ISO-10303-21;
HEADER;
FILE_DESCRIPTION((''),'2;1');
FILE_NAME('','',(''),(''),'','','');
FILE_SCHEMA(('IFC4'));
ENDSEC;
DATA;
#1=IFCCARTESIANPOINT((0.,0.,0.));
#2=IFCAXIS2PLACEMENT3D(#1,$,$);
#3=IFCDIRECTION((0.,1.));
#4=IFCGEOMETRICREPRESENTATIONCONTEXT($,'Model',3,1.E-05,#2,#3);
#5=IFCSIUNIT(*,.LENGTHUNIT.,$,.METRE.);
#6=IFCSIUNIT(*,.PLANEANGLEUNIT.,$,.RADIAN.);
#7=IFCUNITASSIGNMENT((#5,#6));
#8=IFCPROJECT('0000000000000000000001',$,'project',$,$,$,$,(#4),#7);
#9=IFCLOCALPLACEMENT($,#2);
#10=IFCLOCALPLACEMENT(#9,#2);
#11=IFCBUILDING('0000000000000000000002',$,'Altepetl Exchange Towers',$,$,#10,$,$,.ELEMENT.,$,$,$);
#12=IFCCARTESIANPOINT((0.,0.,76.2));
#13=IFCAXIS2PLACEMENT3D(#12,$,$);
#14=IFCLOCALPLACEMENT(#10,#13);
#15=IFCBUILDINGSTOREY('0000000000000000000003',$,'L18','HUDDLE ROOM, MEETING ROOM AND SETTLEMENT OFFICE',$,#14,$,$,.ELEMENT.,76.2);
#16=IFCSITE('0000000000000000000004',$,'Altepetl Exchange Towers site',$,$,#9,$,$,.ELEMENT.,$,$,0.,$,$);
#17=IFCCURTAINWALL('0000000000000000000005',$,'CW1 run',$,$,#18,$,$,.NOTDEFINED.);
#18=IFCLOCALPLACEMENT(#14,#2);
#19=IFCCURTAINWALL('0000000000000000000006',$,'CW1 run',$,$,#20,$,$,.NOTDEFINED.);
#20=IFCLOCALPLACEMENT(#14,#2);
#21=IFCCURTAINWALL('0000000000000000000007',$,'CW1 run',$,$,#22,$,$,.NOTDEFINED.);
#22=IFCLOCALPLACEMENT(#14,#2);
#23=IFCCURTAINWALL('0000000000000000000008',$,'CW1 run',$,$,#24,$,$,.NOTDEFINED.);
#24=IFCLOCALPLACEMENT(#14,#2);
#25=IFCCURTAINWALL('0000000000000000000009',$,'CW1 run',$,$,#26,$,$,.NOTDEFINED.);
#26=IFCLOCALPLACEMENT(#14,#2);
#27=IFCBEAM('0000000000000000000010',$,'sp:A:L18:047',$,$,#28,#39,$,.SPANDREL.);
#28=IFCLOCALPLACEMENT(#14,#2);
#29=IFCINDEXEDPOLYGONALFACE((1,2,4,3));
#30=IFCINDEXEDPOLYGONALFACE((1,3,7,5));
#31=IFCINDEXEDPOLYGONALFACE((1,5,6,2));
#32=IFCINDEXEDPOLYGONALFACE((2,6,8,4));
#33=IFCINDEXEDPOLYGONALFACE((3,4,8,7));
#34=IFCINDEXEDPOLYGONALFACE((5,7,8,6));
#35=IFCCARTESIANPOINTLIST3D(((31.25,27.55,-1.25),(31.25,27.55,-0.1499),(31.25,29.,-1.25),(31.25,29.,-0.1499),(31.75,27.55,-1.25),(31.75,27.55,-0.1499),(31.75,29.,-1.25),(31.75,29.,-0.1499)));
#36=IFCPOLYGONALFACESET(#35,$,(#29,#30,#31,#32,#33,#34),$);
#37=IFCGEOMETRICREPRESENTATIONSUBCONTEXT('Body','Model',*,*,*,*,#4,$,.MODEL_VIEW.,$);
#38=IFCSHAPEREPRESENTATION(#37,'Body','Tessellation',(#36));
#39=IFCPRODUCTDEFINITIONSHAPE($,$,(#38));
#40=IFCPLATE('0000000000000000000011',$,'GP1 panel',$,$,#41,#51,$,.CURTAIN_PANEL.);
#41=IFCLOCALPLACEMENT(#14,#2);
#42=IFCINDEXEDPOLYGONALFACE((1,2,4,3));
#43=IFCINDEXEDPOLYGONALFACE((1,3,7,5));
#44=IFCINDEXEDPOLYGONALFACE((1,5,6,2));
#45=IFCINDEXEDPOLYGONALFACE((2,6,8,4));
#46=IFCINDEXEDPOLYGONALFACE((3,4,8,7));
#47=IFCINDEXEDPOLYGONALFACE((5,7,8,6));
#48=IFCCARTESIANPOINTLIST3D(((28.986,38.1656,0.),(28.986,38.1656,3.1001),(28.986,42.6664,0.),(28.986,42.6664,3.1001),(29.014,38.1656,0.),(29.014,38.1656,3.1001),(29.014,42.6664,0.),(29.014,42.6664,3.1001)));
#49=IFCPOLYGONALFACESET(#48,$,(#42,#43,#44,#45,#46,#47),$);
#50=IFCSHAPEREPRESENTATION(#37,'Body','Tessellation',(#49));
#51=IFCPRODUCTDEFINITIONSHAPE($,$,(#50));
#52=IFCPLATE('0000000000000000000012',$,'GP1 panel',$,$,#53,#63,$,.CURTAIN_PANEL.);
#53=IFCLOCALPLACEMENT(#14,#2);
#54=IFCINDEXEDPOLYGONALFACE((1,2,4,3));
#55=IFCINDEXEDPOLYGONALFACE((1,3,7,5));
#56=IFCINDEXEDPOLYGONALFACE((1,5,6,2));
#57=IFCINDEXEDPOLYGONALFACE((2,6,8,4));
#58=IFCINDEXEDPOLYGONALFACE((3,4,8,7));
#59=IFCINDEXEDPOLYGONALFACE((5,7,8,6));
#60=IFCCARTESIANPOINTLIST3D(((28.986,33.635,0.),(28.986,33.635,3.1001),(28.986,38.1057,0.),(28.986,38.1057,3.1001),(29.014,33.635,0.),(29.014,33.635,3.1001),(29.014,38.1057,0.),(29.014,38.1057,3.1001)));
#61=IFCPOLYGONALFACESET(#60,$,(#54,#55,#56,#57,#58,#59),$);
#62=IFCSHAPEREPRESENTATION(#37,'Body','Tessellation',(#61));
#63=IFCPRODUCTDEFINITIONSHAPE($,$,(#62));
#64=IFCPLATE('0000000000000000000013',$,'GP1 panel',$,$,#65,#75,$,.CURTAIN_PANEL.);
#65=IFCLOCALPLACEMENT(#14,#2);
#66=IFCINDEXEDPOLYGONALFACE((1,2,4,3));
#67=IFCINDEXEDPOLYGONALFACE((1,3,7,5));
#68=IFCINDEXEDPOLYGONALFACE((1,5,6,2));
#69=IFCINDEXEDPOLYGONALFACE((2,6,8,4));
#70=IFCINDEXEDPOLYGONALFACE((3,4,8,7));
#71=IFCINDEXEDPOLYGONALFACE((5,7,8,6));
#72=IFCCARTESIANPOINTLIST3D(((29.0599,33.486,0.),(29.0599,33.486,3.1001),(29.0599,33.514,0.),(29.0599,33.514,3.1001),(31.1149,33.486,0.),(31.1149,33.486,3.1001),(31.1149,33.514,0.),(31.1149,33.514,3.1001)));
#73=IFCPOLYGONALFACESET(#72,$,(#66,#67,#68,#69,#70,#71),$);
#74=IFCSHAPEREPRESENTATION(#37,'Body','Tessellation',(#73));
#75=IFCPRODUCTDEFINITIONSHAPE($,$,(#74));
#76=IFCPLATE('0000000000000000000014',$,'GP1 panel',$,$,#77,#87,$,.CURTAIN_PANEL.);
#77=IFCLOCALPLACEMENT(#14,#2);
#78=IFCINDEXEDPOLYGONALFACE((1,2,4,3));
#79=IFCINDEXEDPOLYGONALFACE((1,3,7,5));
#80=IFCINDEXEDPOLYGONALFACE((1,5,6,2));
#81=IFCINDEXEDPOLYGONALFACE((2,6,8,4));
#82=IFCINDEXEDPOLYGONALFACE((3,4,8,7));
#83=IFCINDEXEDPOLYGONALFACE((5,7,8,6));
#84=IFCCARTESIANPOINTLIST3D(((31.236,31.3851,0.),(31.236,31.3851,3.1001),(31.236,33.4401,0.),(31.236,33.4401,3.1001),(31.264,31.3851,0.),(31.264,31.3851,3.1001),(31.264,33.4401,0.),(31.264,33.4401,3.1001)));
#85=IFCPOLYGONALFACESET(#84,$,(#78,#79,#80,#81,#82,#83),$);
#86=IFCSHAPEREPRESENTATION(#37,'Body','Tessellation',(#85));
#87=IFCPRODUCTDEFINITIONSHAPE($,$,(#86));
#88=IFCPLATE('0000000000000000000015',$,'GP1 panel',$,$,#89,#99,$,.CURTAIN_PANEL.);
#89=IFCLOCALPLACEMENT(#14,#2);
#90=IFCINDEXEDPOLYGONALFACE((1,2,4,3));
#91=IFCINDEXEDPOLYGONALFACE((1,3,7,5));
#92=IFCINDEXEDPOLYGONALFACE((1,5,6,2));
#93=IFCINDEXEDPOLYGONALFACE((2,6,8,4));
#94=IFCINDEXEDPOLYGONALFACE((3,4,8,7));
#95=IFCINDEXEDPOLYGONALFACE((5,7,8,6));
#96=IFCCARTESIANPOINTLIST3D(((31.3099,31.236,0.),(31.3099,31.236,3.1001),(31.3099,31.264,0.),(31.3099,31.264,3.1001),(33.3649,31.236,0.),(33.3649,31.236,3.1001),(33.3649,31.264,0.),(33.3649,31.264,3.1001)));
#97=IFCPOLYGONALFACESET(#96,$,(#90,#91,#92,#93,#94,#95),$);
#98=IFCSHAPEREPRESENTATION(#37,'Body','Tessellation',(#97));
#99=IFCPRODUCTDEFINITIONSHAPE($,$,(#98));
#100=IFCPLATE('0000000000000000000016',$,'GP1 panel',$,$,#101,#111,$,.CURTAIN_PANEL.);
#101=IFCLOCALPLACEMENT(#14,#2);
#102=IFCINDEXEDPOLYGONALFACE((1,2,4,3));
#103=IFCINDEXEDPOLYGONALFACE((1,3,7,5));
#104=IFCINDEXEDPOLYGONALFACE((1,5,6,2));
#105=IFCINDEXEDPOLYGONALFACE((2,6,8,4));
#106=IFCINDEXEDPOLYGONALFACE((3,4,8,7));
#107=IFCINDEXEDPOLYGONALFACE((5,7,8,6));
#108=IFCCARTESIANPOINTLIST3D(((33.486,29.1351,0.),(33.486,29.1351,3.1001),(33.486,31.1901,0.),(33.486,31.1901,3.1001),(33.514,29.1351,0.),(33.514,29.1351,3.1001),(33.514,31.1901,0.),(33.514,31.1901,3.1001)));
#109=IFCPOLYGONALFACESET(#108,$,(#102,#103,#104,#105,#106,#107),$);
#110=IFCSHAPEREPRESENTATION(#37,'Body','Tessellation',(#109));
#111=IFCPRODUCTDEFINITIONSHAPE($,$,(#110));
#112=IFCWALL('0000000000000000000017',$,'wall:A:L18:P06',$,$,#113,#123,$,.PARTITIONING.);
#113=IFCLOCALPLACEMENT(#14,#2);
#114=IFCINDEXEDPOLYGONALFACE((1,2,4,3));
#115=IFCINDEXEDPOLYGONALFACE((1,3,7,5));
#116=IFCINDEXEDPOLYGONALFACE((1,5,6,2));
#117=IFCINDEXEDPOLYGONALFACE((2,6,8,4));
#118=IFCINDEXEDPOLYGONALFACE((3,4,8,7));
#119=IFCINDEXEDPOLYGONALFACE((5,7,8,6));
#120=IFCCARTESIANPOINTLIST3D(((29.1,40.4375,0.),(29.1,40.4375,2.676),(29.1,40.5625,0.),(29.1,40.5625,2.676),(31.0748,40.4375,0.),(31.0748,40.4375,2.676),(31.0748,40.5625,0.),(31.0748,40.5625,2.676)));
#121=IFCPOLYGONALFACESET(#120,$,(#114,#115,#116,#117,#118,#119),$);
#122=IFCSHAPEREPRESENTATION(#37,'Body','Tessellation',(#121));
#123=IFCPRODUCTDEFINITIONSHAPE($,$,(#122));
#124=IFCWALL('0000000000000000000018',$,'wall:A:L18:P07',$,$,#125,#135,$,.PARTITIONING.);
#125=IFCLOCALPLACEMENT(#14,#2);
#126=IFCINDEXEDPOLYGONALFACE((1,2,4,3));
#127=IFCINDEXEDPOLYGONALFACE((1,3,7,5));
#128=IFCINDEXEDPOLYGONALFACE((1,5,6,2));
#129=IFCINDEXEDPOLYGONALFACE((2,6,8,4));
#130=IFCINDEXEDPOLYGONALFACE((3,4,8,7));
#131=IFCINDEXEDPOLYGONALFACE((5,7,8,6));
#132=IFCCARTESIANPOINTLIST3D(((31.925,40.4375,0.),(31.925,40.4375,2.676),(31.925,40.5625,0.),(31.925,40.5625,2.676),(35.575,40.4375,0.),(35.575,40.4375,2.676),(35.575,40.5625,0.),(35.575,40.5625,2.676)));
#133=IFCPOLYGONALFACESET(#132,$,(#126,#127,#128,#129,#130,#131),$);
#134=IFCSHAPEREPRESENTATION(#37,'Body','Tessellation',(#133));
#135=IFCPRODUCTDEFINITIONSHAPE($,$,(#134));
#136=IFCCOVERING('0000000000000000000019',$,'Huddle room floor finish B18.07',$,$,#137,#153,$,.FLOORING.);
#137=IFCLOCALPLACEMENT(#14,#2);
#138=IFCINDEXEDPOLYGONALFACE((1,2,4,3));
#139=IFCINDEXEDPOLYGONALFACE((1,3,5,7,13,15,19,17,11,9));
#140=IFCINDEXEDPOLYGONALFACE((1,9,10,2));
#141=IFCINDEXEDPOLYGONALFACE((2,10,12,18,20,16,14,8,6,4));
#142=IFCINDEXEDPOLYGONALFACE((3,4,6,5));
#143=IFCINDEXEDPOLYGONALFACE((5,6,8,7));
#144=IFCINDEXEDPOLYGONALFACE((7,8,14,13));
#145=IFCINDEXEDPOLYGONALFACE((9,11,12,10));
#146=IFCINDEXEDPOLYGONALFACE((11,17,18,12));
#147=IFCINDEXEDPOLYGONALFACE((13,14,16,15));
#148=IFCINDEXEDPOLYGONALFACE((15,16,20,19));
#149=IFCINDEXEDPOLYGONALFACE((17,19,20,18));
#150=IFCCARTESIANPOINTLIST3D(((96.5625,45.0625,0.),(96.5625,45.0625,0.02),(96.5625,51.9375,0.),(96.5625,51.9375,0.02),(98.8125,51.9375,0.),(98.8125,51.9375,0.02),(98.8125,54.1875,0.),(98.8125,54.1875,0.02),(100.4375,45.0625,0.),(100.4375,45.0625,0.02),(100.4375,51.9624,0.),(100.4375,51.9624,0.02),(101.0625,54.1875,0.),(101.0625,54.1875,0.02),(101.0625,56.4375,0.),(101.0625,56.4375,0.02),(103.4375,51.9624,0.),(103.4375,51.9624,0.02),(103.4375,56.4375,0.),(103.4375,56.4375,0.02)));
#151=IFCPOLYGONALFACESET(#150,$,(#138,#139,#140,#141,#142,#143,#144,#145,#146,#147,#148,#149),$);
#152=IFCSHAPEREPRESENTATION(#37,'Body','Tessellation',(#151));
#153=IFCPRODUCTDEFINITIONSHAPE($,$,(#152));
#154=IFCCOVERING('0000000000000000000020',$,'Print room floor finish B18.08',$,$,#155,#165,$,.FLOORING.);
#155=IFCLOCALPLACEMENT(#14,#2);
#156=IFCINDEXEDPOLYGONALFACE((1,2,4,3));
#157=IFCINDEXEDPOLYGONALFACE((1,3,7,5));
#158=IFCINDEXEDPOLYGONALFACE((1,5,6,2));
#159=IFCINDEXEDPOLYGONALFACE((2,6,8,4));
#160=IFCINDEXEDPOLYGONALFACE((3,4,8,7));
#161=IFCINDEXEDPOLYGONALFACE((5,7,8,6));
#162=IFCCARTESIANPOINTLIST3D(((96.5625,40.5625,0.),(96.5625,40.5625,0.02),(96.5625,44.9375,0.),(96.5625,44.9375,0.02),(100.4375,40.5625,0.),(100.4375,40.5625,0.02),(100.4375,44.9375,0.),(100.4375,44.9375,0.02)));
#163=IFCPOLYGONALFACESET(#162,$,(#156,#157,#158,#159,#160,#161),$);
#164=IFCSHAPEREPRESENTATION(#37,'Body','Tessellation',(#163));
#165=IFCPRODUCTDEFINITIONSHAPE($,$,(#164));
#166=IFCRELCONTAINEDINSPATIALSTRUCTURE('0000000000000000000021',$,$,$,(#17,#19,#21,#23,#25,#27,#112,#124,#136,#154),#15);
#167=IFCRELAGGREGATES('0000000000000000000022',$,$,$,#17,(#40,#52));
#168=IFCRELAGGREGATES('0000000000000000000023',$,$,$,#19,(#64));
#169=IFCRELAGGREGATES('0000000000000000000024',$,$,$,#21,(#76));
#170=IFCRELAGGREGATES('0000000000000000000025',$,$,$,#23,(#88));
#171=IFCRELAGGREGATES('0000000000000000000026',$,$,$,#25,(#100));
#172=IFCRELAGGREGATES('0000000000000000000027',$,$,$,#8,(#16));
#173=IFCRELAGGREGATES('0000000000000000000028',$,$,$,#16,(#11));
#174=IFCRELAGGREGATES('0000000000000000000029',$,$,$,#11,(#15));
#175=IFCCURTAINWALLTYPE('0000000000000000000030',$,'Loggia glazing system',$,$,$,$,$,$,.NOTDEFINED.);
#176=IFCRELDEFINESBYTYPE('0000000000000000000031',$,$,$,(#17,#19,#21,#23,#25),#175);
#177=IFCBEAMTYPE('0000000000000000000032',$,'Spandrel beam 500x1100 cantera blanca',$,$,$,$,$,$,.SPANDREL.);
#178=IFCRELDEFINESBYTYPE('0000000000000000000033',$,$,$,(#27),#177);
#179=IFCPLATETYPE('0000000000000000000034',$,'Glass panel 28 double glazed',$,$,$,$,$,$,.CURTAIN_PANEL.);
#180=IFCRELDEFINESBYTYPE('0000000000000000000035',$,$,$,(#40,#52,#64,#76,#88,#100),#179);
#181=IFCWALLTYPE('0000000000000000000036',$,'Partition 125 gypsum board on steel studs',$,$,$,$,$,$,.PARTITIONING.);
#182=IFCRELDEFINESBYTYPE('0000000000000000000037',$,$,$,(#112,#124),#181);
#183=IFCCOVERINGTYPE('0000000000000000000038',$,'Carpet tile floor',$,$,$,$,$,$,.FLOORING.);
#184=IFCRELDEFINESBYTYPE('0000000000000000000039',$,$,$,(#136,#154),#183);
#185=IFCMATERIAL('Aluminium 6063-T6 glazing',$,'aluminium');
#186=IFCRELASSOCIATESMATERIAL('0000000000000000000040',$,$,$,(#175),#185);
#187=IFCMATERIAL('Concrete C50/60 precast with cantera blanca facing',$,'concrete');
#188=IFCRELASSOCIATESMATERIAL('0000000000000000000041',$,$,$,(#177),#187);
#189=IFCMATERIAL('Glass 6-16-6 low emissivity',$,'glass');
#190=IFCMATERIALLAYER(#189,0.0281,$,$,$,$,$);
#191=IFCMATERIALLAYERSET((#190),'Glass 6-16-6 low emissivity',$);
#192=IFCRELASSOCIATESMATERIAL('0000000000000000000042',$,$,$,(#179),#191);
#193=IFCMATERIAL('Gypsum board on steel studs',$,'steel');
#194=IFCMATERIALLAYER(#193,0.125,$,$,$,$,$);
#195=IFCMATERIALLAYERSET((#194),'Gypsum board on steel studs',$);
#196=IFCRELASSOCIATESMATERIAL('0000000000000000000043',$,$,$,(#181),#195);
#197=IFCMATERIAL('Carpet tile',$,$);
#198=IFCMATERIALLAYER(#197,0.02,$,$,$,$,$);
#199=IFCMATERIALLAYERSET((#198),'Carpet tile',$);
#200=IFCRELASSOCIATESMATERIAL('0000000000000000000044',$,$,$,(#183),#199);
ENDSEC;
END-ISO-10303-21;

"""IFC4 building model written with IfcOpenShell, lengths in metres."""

from ifc_helpers import new_model, si_unit, direction, frame, frame_2d, origin, origin_2d, place, context, subcontext, project, spatial, polyline, rectangle, outline, extrude, material, layer, layer_set, material_profile, profile_set, type_object, element, aggregate, save


model = new_model("IFC4")

# Units and contexts
model_context = context("Model", 3, precision=1e-05, world=origin(), true_north=direction((0.0, 1.0)))
body_context = subcontext(model_context, "Body", "Model", "MODEL_VIEW")
ifc_project = project(units=[si_unit("LENGTHUNIT", "METRE"), si_unit("PLANEANGLEUNIT", "RADIAN")], contexts=[model_context])

# Site, building, storey
site_placement = place(None, origin())
site = spatial("IfcSite", under=ifc_project, at=site_placement, Name="Altepetl Exchange Towers site", CompositionType="ELEMENT", RefElevation=0.0)
building_placement = place(site_placement, origin())
building = spatial("IfcBuilding", under=site, at=building_placement, Name="Altepetl Exchange Towers", CompositionType="ELEMENT")
storey_placement = place(building_placement, frame((0.0, 0.0, 76.2)))
storey = spatial("IfcBuildingStorey", under=building, at=storey_placement, Name="L18", Description="HUDDLE ROOM, MEETING ROOM AND SETTLEMENT OFFICE", CompositionType="ELEMENT", Elevation=76.2)

# Curtain walls
ifc_material_1 = material(Name="Aluminium 6063-T6 glazing", Category="aluminium")
curtain_wall_type = type_object("IfcCurtainWallType", Name="Loggia glazing system", PredefinedType="NOTDEFINED", material=ifc_material_1)
curtain_wall_1_placement = place(storey_placement, origin())
curtain_wall_1 = element("IfcCurtainWall", 1, at=curtain_wall_1_placement, inside=storey, type_object=curtain_wall_type, Name="CW1 run", PredefinedType="NOTDEFINED")
curtain_wall_2_placement = place(storey_placement, origin())
curtain_wall_2 = element("IfcCurtainWall", 2, at=curtain_wall_2_placement, inside=storey, type_object=curtain_wall_type, Name="CW1 run", PredefinedType="NOTDEFINED")
curtain_wall_3_placement = place(storey_placement, origin())
curtain_wall_3 = element("IfcCurtainWall", 3, at=curtain_wall_3_placement, inside=storey, type_object=curtain_wall_type, Name="CW1 run", PredefinedType="NOTDEFINED")
curtain_wall_4_placement = place(storey_placement, origin())
curtain_wall_4 = element("IfcCurtainWall", 4, at=curtain_wall_4_placement, inside=storey, type_object=curtain_wall_type, Name="CW1 run", PredefinedType="NOTDEFINED")
curtain_wall_5_placement = place(storey_placement, origin())
curtain_wall_5 = element("IfcCurtainWall", 5, at=curtain_wall_5_placement, inside=storey, type_object=curtain_wall_type, Name="CW1 run", PredefinedType="NOTDEFINED")

# Beam
ifc_material_2 = material(Name="Concrete C50/60 precast with cantera blanca facing", Category="concrete")
ifc_material_profile_1 = material_profile(ifc_material_2, rectangle(XDim=0.5, YDim=1.1001, at=origin_2d()), Name="500 x 1100")
ifc_profile_set_1 = profile_set([ifc_material_profile_1], Name="Concrete C50/60 precast with cantera blanca facing")
beam_type_1 = type_object("IfcBeamType", Name="Spandrel beam 500x1100 cantera blanca", PredefinedType="SPANDREL", material=ifc_profile_set_1)
beam_1_placement = place(storey_placement, frame((31.5, 29.0, -0.7), z_axis=(0.0, -1.0, 0.0), x_axis=(1.0, 0.0, 0.0)))
element("IfcBeam", 6, at=beam_1_placement, inside=storey, type_object=beam_type_1, Name="sp:A:L18:047", PredefinedType="SPANDREL", context=body_context, shape_type="SweptSolid", body=[
    extrude(rectangle(XDim=0.5, YDim=1.1001, at=origin_2d()), origin(), (0.0, 0.0, 1.0), 1.45),
])

# Plates
ifc_material_3 = material(Name="Glass 6-16-6 low emissivity", Category="glass")
ifc_layer_1 = layer(ifc_material_3, 0.0281)
ifc_layer_set_1 = layer_set([ifc_layer_1], Name="Glass 6-16-6 low emissivity")
plate_type = type_object("IfcPlateType", Name="Glass panel 28 double glazed", PredefinedType="CURTAIN_PANEL", material=ifc_layer_set_1)
plate_1_placement = place(storey_placement, frame((29.0, 40.416, 0.0), z_axis=(0.0, 0.0, 1.0), x_axis=(0.0, -1.0, 0.0)))
plate_1 = element("IfcPlate", 7, at=plate_1_placement, type_object=plate_type, Name="GP1 panel", PredefinedType="CURTAIN_PANEL", context=body_context, shape_type="SweptSolid", body=[
    extrude(rectangle(XDim=4.5007, YDim=0.0281, at=origin_2d()), origin(), (0.0, 0.0, 1.0), 3.1001),
])
plate_2_placement = place(storey_placement, frame((29.0, 35.8704, 0.0), z_axis=(0.0, 0.0, 1.0), x_axis=(0.0, -1.0, 0.0)))
plate_2 = element("IfcPlate", 8, at=plate_2_placement, type_object=plate_type, Name="GP1 panel", PredefinedType="CURTAIN_PANEL", context=body_context, shape_type="SweptSolid", body=[
    extrude(rectangle(XDim=4.4707, YDim=0.0281, at=origin_2d()), origin(), (0.0, 0.0, 1.0), 3.1001),
])
aggregate(curtain_wall_1, [plate_1, plate_2])
plate_3_placement = place(storey_placement, frame((30.0874, 33.5, 0.0)))
plate_3 = element("IfcPlate", 9, at=plate_3_placement, type_object=plate_type, Name="GP1 panel", PredefinedType="CURTAIN_PANEL", context=body_context, shape_type="SweptSolid", body=[
    extrude(rectangle(XDim=2.0549, YDim=0.0281, at=origin_2d()), origin(), (0.0, 0.0, 1.0), 3.1001),
])
aggregate(curtain_wall_2, [plate_3])
plate_4_placement = place(storey_placement, frame((31.25, 32.4126, 0.0), z_axis=(0.0, 0.0, 1.0), x_axis=(0.0, -1.0, 0.0)))
plate_4 = element("IfcPlate", 10, at=plate_4_placement, type_object=plate_type, Name="GP1 panel", PredefinedType="CURTAIN_PANEL", context=body_context, shape_type="SweptSolid", body=[
    extrude(rectangle(XDim=2.0549, YDim=0.0281, at=origin_2d()), origin(), (0.0, 0.0, 1.0), 3.1001),
])
aggregate(curtain_wall_3, [plate_4])
plate_5_placement = place(storey_placement, frame((32.3374, 31.25, 0.0)))
plate_5 = element("IfcPlate", 11, at=plate_5_placement, type_object=plate_type, Name="GP1 panel", PredefinedType="CURTAIN_PANEL", context=body_context, shape_type="SweptSolid", body=[
    extrude(rectangle(XDim=2.0549, YDim=0.0281, at=origin_2d()), origin(), (0.0, 0.0, 1.0), 3.1001),
])
aggregate(curtain_wall_4, [plate_5])
plate_6_placement = place(storey_placement, frame((33.5, 30.1626, 0.0), z_axis=(0.0, 0.0, 1.0), x_axis=(0.0, -1.0, 0.0)))
plate_6 = element("IfcPlate", 12, at=plate_6_placement, type_object=plate_type, Name="GP1 panel", PredefinedType="CURTAIN_PANEL", context=body_context, shape_type="SweptSolid", body=[
    extrude(rectangle(XDim=2.0549, YDim=0.0281, at=origin_2d()), origin(), (0.0, 0.0, 1.0), 3.1001),
])
aggregate(curtain_wall_5, [plate_6])

# Walls
ifc_material_4 = material(Name="Gypsum board on steel studs", Category="steel")
ifc_layer_2 = layer(ifc_material_4, 0.125)
ifc_layer_set_2 = layer_set([ifc_layer_2], Name="Gypsum board on steel studs")
wall_type = type_object("IfcWallType", Name="Partition 125 gypsum board on steel studs", PredefinedType="PARTITIONING", material=ifc_layer_set_2)
wall_1_placement = place(storey_placement, frame((29.1001, 40.5, 0.0)))
element("IfcWall", 13, at=wall_1_placement, inside=storey, type_object=wall_type, Name="wall:A:L18:P06", PredefinedType="PARTITIONING", context=body_context, shape_type="SweptSolid", body=[
    extrude(rectangle(XDim=1.9749, YDim=0.125, at=frame_2d((0.9873, 0.0))), origin(), (0.0, 0.0, 1.0), 2.676),
])
wall_2_placement = place(storey_placement, frame((31.925, 40.5, 0.0)))
element("IfcWall", 14, at=wall_2_placement, inside=storey, type_object=wall_type, Name="wall:A:L18:P07", PredefinedType="PARTITIONING", context=body_context, shape_type="SweptSolid", body=[
    extrude(rectangle(XDim=3.6499, YDim=0.125, at=frame_2d((1.825, 0.0))), origin(), (0.0, 0.0, 1.0), 2.676),
])

# Coverings
ifc_material_5 = material(Name="Carpet tile")
ifc_layer_3 = layer(ifc_material_5, 0.02)
ifc_layer_set_3 = layer_set([ifc_layer_3], Name="Carpet tile")
covering_type = type_object("IfcCoveringType", Name="Carpet tile floor", PredefinedType="FLOORING", material=ifc_layer_set_3)
covering_1_placement = place(storey_placement, origin())
element("IfcCovering", 15, at=covering_1_placement, inside=storey, type_object=covering_type, Name="Huddle room floor finish B18.07", PredefinedType="FLOORING", context=body_context, shape_type="SweptSolid", body=[
    extrude(outline(polyline([(101.0625, 54.1875), (98.8125, 54.1875), (98.8125, 51.9375), (96.5625, 51.9375), (96.5625, 45.0625), (100.4375, 45.0625), (100.4375, 51.9624), (103.4375, 51.9624), (103.4375, 56.4375), (101.0625, 56.4375), (101.0625, 54.1875)])), origin(), (0.0, 0.0, 1.0), 0.02),
])
covering_2_placement = place(storey_placement, origin())
element("IfcCovering", 16, at=covering_2_placement, inside=storey, type_object=covering_type, Name="Print room floor finish B18.08", PredefinedType="FLOORING", context=body_context, shape_type="SweptSolid", body=[
    extrude(outline(polyline([(96.5625, 40.5625), (100.4375, 40.5625), (100.4375, 44.9375), (96.5625, 44.9375), (96.5625, 40.5625)])), origin(), (0.0, 0.0, 1.0), 0.02),
])

save(model, "model.ifc")
